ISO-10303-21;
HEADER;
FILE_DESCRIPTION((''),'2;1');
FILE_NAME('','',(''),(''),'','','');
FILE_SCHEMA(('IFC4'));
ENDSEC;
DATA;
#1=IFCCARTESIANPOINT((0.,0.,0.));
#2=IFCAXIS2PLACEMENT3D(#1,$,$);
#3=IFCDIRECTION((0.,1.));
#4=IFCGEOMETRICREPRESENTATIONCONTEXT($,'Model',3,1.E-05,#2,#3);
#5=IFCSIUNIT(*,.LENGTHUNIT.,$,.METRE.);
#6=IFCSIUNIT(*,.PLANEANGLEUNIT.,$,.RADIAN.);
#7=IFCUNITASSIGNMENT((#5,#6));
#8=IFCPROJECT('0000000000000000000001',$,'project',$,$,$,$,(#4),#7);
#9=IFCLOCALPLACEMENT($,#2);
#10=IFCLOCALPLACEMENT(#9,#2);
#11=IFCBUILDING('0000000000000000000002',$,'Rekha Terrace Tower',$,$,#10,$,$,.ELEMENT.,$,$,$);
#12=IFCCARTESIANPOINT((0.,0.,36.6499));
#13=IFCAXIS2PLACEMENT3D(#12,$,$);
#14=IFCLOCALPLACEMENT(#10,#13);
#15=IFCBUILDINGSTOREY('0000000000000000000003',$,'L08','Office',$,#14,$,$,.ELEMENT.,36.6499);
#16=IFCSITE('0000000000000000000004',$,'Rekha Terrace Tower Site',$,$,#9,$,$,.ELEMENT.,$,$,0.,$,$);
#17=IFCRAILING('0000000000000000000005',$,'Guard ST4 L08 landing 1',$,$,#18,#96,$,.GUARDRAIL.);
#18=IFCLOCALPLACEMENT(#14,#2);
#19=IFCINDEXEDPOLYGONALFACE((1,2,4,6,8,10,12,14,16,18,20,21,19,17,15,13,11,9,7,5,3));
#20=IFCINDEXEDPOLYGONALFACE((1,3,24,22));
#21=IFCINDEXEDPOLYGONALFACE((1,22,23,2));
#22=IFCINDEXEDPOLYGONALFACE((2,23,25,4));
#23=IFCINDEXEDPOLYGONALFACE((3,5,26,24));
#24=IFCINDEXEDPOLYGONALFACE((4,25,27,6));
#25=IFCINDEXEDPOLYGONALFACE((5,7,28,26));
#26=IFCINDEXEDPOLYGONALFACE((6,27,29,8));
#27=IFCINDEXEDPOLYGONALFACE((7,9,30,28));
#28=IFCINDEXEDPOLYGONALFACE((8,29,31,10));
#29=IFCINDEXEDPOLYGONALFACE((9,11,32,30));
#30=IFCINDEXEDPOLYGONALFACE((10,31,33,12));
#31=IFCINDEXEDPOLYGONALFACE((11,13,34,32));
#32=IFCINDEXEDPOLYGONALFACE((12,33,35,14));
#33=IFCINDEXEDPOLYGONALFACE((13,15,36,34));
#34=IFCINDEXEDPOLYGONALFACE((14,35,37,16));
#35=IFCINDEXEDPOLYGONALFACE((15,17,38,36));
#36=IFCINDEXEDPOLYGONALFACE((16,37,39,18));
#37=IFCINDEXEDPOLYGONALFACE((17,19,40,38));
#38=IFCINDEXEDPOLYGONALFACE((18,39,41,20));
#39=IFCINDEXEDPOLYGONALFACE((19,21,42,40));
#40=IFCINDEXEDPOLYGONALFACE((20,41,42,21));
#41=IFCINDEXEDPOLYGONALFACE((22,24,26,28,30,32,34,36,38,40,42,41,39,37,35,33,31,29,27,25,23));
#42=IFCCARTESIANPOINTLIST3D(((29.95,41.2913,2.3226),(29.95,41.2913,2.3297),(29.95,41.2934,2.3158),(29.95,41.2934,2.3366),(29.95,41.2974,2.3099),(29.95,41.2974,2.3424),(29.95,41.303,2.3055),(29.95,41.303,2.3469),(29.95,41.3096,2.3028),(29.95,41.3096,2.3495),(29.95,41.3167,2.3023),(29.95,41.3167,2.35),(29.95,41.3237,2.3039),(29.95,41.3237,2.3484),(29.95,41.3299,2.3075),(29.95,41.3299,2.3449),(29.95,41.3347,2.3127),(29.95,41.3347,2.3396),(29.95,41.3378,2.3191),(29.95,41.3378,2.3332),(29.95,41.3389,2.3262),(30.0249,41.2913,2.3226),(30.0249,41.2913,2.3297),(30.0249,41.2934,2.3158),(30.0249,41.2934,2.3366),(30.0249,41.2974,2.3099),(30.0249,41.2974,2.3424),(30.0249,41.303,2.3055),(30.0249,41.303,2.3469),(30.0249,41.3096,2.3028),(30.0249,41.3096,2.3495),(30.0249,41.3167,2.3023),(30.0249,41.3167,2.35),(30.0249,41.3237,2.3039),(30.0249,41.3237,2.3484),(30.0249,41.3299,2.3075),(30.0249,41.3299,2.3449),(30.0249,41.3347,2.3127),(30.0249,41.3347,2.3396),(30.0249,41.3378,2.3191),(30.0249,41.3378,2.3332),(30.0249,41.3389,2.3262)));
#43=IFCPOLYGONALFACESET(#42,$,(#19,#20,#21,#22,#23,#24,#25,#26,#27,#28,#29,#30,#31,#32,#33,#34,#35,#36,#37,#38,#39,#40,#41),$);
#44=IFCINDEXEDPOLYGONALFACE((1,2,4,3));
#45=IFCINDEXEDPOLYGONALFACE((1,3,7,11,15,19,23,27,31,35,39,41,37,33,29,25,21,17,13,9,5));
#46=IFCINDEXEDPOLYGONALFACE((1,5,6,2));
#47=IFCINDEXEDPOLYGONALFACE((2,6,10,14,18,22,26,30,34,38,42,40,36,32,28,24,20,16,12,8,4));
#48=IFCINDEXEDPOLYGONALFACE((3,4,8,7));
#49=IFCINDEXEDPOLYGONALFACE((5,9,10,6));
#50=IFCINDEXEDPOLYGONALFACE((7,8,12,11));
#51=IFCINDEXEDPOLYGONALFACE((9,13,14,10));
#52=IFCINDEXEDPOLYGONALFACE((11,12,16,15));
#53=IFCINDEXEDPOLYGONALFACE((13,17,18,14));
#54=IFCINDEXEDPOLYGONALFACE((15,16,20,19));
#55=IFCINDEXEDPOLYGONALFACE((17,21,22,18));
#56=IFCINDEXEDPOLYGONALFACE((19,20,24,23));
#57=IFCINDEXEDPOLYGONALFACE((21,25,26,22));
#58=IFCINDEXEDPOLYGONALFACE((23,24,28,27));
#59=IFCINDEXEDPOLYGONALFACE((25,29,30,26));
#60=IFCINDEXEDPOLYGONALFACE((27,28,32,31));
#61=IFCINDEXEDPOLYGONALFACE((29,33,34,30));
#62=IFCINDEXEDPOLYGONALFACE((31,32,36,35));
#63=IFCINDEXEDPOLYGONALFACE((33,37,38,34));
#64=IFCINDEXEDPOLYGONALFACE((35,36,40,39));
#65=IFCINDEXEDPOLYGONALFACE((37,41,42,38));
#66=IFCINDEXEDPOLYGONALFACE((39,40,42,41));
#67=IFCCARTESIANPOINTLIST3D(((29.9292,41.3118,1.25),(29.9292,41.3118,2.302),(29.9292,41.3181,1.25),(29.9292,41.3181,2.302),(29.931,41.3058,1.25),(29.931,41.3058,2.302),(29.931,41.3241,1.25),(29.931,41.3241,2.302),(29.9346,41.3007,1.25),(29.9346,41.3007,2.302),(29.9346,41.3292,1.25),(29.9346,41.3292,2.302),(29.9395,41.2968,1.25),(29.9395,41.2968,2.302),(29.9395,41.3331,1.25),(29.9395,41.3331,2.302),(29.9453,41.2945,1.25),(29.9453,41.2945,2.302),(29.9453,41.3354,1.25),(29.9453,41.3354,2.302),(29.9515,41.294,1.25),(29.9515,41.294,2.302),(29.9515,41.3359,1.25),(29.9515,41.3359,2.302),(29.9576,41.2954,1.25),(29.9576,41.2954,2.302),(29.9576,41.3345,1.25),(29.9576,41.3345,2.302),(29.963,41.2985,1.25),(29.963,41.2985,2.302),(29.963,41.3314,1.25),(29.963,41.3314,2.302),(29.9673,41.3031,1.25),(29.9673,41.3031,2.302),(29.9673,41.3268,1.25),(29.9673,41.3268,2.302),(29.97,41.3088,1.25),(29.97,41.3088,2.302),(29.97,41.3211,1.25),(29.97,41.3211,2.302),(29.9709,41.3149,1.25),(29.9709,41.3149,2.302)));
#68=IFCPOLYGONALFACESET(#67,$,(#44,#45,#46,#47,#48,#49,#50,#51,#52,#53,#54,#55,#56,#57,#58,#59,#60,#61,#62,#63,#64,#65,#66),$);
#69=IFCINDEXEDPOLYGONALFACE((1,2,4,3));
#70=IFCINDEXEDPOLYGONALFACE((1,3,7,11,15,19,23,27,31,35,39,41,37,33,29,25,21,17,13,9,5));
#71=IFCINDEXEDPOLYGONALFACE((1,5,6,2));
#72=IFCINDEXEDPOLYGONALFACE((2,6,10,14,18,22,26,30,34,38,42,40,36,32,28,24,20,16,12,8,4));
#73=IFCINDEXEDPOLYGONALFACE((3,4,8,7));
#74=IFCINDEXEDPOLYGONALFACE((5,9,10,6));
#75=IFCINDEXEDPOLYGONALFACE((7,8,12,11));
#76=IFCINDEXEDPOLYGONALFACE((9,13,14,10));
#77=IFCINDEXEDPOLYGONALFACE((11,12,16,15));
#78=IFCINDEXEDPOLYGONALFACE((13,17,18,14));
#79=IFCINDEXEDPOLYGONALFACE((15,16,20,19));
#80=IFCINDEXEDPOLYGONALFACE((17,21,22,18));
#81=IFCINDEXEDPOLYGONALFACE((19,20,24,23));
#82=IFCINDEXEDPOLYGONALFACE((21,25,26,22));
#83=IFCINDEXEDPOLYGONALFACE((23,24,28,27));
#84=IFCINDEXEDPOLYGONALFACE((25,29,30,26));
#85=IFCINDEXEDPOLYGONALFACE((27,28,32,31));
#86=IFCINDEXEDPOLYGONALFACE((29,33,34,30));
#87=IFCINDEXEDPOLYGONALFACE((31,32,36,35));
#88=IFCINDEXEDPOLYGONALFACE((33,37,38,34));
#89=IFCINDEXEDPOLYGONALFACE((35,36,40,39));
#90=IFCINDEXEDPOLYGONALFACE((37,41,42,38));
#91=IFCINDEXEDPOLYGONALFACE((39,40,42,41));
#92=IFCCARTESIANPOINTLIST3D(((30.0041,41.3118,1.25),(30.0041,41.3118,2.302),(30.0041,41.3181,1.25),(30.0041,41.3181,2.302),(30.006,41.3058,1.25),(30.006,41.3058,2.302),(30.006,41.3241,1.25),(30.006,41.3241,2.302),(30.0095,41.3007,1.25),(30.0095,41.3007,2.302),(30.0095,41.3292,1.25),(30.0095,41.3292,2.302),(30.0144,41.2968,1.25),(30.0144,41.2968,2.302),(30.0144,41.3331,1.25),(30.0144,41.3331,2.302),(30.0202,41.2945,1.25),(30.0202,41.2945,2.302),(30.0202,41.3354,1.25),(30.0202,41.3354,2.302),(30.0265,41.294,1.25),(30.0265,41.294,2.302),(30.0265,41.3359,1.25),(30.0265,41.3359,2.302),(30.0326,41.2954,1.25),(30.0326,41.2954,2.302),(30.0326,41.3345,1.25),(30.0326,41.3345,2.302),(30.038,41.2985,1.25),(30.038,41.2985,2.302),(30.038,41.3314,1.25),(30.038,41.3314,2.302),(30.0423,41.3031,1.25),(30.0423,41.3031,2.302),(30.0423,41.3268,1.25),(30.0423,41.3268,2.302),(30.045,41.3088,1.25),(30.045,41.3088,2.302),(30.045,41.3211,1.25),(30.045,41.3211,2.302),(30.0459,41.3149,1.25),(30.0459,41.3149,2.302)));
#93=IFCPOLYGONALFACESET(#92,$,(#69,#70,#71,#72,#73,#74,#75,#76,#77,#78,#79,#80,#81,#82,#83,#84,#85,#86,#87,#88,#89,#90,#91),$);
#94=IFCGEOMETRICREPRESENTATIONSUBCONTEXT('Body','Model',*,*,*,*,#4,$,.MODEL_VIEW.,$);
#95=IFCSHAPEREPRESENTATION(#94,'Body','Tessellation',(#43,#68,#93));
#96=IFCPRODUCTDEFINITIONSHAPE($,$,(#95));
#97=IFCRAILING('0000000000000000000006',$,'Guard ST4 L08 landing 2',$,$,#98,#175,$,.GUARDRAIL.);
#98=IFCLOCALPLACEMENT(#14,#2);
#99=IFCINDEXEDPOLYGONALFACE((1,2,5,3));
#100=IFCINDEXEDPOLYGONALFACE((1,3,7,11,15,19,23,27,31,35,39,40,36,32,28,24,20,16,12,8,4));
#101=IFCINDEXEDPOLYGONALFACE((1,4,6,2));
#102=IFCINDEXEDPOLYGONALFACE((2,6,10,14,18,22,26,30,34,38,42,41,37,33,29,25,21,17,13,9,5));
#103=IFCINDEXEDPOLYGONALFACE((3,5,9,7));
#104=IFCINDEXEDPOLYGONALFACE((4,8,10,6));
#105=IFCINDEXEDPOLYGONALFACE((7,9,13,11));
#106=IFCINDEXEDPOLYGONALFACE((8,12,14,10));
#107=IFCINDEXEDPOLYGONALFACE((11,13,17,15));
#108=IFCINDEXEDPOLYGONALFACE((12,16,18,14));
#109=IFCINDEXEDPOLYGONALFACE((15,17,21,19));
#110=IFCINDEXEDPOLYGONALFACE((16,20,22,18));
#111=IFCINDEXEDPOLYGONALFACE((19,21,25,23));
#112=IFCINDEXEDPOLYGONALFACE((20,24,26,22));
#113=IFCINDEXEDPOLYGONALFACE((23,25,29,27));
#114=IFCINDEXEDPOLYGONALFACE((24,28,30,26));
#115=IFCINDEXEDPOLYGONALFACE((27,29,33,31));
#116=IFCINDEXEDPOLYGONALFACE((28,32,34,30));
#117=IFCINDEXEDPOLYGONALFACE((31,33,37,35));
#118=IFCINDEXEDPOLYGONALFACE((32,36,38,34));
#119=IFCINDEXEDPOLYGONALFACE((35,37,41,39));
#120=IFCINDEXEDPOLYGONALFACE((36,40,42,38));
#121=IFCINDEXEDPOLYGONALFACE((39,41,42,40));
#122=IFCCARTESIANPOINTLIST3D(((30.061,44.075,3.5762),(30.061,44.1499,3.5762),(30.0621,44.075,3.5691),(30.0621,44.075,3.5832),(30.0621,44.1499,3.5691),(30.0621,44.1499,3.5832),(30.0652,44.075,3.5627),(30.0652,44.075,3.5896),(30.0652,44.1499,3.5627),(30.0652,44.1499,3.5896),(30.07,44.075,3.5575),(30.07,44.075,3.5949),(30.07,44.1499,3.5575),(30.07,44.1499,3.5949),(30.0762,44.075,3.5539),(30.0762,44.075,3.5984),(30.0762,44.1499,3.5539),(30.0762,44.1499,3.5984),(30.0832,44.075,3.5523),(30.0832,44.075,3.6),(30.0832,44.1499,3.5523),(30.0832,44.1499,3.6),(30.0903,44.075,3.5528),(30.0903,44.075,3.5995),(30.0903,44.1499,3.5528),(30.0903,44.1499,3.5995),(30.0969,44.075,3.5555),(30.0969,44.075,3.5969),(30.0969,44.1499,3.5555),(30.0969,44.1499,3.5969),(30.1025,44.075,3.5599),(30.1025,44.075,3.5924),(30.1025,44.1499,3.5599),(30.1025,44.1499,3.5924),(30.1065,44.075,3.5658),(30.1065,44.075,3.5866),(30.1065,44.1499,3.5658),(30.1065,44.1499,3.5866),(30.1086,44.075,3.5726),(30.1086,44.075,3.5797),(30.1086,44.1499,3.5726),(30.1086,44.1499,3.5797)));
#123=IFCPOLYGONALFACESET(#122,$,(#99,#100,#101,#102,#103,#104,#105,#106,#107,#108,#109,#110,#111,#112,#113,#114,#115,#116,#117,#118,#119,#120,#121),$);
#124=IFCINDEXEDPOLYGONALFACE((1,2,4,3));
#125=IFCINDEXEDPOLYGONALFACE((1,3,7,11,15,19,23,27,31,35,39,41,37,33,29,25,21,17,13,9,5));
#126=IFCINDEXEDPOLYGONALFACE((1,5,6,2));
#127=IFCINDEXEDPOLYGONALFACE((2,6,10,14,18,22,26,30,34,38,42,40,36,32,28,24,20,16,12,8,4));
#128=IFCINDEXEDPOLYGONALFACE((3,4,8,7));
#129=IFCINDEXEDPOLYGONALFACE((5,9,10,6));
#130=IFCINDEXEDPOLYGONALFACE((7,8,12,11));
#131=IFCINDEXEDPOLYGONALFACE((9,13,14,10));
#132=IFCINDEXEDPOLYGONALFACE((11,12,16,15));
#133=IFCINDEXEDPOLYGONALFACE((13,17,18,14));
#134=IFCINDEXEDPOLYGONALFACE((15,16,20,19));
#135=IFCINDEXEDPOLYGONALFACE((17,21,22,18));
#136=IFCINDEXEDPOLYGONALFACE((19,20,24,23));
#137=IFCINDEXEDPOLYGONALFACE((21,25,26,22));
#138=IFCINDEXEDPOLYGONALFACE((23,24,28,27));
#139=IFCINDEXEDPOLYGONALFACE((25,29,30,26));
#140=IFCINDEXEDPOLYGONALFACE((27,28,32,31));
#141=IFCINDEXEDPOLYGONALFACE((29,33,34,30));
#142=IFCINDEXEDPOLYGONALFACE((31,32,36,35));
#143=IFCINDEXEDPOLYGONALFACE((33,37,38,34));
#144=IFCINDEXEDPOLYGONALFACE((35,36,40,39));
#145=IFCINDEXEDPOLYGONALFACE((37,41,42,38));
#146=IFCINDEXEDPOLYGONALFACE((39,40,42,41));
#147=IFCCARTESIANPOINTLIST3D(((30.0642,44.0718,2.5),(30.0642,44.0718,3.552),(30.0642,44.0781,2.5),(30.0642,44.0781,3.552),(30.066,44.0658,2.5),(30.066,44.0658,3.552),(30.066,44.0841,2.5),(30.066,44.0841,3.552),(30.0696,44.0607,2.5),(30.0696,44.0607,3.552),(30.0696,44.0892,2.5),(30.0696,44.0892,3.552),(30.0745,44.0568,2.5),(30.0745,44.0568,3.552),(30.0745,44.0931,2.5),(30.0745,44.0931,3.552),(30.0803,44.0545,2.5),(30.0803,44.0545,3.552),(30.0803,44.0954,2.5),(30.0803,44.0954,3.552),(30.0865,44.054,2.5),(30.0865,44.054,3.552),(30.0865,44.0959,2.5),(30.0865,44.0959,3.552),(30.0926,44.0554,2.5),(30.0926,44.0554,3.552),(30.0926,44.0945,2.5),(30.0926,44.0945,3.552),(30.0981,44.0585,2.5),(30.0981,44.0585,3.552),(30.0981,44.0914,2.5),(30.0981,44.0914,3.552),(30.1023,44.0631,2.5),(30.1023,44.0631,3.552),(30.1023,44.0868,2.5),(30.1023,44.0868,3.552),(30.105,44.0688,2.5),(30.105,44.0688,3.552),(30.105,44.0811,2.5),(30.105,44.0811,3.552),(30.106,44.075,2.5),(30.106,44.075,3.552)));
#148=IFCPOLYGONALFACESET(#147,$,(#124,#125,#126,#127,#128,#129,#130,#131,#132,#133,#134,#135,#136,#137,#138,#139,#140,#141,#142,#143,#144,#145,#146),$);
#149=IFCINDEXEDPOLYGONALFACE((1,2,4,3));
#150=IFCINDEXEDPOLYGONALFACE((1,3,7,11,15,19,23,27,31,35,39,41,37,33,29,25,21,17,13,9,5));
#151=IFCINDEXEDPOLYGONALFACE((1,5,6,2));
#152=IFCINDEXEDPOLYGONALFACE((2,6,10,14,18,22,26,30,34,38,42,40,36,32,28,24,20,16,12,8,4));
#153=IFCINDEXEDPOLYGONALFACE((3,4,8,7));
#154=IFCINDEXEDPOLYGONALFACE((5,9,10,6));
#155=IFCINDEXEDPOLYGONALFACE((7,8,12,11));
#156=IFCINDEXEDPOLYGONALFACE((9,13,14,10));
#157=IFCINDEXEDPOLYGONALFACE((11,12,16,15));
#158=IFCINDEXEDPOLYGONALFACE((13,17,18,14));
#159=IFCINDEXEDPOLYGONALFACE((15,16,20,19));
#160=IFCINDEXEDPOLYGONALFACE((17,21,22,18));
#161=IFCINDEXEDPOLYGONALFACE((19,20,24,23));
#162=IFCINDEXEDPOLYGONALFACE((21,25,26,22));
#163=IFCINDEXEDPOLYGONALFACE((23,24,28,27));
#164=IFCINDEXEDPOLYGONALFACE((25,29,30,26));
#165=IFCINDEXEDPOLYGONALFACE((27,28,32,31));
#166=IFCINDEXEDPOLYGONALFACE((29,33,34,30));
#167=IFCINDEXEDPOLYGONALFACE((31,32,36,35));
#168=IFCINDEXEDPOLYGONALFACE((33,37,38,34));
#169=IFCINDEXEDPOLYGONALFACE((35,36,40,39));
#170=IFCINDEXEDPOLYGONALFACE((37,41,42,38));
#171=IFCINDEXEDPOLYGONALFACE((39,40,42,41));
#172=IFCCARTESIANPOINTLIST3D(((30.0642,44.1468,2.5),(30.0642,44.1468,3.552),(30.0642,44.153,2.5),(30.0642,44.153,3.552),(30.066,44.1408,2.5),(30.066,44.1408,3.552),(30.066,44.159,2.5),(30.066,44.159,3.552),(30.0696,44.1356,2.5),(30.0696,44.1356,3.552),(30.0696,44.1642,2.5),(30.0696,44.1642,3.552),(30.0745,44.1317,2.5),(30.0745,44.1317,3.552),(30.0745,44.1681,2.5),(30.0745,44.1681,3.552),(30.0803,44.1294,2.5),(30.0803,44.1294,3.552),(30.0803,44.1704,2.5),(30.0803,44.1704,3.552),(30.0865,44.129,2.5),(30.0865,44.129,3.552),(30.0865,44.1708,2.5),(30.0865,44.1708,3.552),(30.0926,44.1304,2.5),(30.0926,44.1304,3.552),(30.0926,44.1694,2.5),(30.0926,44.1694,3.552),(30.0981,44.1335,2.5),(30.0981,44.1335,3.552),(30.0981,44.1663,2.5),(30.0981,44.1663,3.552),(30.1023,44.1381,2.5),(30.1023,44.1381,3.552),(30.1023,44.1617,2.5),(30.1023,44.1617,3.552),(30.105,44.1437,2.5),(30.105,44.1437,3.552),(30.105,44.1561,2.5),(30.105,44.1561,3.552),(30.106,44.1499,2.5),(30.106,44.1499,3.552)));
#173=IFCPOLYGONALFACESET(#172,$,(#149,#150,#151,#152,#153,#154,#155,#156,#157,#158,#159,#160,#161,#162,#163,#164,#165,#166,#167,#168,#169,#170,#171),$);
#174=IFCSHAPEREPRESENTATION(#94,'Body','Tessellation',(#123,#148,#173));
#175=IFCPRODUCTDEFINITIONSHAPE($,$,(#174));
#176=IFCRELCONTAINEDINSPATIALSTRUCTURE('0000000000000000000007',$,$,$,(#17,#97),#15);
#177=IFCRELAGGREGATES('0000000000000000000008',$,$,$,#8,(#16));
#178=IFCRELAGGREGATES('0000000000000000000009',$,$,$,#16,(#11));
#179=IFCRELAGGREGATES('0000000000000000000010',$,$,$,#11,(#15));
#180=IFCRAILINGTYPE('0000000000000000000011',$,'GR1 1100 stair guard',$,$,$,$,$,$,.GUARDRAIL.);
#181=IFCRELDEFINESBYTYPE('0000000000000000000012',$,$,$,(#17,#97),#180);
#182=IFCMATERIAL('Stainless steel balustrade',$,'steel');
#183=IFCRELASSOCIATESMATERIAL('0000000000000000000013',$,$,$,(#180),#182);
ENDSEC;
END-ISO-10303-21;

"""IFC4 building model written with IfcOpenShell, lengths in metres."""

from ifc_helpers import new_model, si_unit, direction, frame, origin, origin_2d, place, context, subcontext, project, spatial, circle, extrude, material, type_object, element, save


model = new_model("IFC4")

# Units and contexts
model_context = context("Model", 3, precision=1e-05, world=origin(), true_north=direction((0.0, 1.0)))
body_context = subcontext(model_context, "Body", "Model", "MODEL_VIEW")
ifc_project = project(units=[si_unit("LENGTHUNIT", "METRE"), si_unit("PLANEANGLEUNIT", "RADIAN")], contexts=[model_context])

# Site, building, storey
site_placement = place(None, origin())
site = spatial("IfcSite", under=ifc_project, at=site_placement, Name="Rekha Terrace Tower Site", CompositionType="ELEMENT", RefElevation=0.0)
building_placement = place(site_placement, origin())
building = spatial("IfcBuilding", under=site, at=building_placement, Name="Rekha Terrace Tower", CompositionType="ELEMENT")
storey_placement = place(building_placement, frame((0.0, 0.0, 36.6499)))
storey = spatial("IfcBuildingStorey", under=building, at=storey_placement, Name="L08", Description="Office", CompositionType="ELEMENT", Elevation=36.6499)

# Railings
ifc_material_1 = material(Name="Stainless steel balustrade", Category="steel")
railing_type_1 = type_object("IfcRailingType", Name="GR1 1100 stair guard", PredefinedType="GUARDRAIL", material=ifc_material_1)
railing_1_placement = place(storey_placement, frame((29.95, 41.3149, 1.25)))
element("IfcRailing", 1, at=railing_1_placement, inside=storey, type_object=railing_type_1, Name="Guard ST4 L08 landing 1", PredefinedType="GUARDRAIL", context=body_context, shape_type="SweptSolid", body=[
    extrude(circle(Radius=0.0239, at=origin_2d()), frame((0.0, 0.0, 1.0762), z_axis=(1.0, 0.0, 0.0), x_axis=(0.0, 1.0, 0.0)), (0.0, 0.0, 1.0), 0.075),
    extrude(circle(Radius=0.021, at=origin_2d()), origin(), (0.0, 0.0, 1.0), 1.052),
    extrude(circle(Radius=0.021, at=origin_2d()), frame((0.075, 0.0, 0.0)), (0.0, 0.0, 1.0), 1.052),
])
railing_2_placement = place(storey_placement, frame((30.085, 44.075, 2.5)))
element("IfcRailing", 2, at=railing_2_placement, inside=storey, type_object=railing_type_1, Name="Guard ST4 L08 landing 2", PredefinedType="GUARDRAIL", context=body_context, shape_type="SweptSolid", body=[
    extrude(circle(Radius=0.0239, at=origin_2d()), frame((0.0, 0.0, 1.0762), z_axis=(0.0, 1.0, 0.0), x_axis=(-1.0, 0.0, 0.0)), (0.0, 0.0, 1.0), 0.075),
    extrude(circle(Radius=0.021, at=origin_2d()), origin(), (0.0, 0.0, 1.0), 1.052),
    extrude(circle(Radius=0.021, at=origin_2d()), frame((0.0, 0.075, 0.0)), (0.0, 0.0, 1.0), 1.052),
])

save(model, "model.ifc")
